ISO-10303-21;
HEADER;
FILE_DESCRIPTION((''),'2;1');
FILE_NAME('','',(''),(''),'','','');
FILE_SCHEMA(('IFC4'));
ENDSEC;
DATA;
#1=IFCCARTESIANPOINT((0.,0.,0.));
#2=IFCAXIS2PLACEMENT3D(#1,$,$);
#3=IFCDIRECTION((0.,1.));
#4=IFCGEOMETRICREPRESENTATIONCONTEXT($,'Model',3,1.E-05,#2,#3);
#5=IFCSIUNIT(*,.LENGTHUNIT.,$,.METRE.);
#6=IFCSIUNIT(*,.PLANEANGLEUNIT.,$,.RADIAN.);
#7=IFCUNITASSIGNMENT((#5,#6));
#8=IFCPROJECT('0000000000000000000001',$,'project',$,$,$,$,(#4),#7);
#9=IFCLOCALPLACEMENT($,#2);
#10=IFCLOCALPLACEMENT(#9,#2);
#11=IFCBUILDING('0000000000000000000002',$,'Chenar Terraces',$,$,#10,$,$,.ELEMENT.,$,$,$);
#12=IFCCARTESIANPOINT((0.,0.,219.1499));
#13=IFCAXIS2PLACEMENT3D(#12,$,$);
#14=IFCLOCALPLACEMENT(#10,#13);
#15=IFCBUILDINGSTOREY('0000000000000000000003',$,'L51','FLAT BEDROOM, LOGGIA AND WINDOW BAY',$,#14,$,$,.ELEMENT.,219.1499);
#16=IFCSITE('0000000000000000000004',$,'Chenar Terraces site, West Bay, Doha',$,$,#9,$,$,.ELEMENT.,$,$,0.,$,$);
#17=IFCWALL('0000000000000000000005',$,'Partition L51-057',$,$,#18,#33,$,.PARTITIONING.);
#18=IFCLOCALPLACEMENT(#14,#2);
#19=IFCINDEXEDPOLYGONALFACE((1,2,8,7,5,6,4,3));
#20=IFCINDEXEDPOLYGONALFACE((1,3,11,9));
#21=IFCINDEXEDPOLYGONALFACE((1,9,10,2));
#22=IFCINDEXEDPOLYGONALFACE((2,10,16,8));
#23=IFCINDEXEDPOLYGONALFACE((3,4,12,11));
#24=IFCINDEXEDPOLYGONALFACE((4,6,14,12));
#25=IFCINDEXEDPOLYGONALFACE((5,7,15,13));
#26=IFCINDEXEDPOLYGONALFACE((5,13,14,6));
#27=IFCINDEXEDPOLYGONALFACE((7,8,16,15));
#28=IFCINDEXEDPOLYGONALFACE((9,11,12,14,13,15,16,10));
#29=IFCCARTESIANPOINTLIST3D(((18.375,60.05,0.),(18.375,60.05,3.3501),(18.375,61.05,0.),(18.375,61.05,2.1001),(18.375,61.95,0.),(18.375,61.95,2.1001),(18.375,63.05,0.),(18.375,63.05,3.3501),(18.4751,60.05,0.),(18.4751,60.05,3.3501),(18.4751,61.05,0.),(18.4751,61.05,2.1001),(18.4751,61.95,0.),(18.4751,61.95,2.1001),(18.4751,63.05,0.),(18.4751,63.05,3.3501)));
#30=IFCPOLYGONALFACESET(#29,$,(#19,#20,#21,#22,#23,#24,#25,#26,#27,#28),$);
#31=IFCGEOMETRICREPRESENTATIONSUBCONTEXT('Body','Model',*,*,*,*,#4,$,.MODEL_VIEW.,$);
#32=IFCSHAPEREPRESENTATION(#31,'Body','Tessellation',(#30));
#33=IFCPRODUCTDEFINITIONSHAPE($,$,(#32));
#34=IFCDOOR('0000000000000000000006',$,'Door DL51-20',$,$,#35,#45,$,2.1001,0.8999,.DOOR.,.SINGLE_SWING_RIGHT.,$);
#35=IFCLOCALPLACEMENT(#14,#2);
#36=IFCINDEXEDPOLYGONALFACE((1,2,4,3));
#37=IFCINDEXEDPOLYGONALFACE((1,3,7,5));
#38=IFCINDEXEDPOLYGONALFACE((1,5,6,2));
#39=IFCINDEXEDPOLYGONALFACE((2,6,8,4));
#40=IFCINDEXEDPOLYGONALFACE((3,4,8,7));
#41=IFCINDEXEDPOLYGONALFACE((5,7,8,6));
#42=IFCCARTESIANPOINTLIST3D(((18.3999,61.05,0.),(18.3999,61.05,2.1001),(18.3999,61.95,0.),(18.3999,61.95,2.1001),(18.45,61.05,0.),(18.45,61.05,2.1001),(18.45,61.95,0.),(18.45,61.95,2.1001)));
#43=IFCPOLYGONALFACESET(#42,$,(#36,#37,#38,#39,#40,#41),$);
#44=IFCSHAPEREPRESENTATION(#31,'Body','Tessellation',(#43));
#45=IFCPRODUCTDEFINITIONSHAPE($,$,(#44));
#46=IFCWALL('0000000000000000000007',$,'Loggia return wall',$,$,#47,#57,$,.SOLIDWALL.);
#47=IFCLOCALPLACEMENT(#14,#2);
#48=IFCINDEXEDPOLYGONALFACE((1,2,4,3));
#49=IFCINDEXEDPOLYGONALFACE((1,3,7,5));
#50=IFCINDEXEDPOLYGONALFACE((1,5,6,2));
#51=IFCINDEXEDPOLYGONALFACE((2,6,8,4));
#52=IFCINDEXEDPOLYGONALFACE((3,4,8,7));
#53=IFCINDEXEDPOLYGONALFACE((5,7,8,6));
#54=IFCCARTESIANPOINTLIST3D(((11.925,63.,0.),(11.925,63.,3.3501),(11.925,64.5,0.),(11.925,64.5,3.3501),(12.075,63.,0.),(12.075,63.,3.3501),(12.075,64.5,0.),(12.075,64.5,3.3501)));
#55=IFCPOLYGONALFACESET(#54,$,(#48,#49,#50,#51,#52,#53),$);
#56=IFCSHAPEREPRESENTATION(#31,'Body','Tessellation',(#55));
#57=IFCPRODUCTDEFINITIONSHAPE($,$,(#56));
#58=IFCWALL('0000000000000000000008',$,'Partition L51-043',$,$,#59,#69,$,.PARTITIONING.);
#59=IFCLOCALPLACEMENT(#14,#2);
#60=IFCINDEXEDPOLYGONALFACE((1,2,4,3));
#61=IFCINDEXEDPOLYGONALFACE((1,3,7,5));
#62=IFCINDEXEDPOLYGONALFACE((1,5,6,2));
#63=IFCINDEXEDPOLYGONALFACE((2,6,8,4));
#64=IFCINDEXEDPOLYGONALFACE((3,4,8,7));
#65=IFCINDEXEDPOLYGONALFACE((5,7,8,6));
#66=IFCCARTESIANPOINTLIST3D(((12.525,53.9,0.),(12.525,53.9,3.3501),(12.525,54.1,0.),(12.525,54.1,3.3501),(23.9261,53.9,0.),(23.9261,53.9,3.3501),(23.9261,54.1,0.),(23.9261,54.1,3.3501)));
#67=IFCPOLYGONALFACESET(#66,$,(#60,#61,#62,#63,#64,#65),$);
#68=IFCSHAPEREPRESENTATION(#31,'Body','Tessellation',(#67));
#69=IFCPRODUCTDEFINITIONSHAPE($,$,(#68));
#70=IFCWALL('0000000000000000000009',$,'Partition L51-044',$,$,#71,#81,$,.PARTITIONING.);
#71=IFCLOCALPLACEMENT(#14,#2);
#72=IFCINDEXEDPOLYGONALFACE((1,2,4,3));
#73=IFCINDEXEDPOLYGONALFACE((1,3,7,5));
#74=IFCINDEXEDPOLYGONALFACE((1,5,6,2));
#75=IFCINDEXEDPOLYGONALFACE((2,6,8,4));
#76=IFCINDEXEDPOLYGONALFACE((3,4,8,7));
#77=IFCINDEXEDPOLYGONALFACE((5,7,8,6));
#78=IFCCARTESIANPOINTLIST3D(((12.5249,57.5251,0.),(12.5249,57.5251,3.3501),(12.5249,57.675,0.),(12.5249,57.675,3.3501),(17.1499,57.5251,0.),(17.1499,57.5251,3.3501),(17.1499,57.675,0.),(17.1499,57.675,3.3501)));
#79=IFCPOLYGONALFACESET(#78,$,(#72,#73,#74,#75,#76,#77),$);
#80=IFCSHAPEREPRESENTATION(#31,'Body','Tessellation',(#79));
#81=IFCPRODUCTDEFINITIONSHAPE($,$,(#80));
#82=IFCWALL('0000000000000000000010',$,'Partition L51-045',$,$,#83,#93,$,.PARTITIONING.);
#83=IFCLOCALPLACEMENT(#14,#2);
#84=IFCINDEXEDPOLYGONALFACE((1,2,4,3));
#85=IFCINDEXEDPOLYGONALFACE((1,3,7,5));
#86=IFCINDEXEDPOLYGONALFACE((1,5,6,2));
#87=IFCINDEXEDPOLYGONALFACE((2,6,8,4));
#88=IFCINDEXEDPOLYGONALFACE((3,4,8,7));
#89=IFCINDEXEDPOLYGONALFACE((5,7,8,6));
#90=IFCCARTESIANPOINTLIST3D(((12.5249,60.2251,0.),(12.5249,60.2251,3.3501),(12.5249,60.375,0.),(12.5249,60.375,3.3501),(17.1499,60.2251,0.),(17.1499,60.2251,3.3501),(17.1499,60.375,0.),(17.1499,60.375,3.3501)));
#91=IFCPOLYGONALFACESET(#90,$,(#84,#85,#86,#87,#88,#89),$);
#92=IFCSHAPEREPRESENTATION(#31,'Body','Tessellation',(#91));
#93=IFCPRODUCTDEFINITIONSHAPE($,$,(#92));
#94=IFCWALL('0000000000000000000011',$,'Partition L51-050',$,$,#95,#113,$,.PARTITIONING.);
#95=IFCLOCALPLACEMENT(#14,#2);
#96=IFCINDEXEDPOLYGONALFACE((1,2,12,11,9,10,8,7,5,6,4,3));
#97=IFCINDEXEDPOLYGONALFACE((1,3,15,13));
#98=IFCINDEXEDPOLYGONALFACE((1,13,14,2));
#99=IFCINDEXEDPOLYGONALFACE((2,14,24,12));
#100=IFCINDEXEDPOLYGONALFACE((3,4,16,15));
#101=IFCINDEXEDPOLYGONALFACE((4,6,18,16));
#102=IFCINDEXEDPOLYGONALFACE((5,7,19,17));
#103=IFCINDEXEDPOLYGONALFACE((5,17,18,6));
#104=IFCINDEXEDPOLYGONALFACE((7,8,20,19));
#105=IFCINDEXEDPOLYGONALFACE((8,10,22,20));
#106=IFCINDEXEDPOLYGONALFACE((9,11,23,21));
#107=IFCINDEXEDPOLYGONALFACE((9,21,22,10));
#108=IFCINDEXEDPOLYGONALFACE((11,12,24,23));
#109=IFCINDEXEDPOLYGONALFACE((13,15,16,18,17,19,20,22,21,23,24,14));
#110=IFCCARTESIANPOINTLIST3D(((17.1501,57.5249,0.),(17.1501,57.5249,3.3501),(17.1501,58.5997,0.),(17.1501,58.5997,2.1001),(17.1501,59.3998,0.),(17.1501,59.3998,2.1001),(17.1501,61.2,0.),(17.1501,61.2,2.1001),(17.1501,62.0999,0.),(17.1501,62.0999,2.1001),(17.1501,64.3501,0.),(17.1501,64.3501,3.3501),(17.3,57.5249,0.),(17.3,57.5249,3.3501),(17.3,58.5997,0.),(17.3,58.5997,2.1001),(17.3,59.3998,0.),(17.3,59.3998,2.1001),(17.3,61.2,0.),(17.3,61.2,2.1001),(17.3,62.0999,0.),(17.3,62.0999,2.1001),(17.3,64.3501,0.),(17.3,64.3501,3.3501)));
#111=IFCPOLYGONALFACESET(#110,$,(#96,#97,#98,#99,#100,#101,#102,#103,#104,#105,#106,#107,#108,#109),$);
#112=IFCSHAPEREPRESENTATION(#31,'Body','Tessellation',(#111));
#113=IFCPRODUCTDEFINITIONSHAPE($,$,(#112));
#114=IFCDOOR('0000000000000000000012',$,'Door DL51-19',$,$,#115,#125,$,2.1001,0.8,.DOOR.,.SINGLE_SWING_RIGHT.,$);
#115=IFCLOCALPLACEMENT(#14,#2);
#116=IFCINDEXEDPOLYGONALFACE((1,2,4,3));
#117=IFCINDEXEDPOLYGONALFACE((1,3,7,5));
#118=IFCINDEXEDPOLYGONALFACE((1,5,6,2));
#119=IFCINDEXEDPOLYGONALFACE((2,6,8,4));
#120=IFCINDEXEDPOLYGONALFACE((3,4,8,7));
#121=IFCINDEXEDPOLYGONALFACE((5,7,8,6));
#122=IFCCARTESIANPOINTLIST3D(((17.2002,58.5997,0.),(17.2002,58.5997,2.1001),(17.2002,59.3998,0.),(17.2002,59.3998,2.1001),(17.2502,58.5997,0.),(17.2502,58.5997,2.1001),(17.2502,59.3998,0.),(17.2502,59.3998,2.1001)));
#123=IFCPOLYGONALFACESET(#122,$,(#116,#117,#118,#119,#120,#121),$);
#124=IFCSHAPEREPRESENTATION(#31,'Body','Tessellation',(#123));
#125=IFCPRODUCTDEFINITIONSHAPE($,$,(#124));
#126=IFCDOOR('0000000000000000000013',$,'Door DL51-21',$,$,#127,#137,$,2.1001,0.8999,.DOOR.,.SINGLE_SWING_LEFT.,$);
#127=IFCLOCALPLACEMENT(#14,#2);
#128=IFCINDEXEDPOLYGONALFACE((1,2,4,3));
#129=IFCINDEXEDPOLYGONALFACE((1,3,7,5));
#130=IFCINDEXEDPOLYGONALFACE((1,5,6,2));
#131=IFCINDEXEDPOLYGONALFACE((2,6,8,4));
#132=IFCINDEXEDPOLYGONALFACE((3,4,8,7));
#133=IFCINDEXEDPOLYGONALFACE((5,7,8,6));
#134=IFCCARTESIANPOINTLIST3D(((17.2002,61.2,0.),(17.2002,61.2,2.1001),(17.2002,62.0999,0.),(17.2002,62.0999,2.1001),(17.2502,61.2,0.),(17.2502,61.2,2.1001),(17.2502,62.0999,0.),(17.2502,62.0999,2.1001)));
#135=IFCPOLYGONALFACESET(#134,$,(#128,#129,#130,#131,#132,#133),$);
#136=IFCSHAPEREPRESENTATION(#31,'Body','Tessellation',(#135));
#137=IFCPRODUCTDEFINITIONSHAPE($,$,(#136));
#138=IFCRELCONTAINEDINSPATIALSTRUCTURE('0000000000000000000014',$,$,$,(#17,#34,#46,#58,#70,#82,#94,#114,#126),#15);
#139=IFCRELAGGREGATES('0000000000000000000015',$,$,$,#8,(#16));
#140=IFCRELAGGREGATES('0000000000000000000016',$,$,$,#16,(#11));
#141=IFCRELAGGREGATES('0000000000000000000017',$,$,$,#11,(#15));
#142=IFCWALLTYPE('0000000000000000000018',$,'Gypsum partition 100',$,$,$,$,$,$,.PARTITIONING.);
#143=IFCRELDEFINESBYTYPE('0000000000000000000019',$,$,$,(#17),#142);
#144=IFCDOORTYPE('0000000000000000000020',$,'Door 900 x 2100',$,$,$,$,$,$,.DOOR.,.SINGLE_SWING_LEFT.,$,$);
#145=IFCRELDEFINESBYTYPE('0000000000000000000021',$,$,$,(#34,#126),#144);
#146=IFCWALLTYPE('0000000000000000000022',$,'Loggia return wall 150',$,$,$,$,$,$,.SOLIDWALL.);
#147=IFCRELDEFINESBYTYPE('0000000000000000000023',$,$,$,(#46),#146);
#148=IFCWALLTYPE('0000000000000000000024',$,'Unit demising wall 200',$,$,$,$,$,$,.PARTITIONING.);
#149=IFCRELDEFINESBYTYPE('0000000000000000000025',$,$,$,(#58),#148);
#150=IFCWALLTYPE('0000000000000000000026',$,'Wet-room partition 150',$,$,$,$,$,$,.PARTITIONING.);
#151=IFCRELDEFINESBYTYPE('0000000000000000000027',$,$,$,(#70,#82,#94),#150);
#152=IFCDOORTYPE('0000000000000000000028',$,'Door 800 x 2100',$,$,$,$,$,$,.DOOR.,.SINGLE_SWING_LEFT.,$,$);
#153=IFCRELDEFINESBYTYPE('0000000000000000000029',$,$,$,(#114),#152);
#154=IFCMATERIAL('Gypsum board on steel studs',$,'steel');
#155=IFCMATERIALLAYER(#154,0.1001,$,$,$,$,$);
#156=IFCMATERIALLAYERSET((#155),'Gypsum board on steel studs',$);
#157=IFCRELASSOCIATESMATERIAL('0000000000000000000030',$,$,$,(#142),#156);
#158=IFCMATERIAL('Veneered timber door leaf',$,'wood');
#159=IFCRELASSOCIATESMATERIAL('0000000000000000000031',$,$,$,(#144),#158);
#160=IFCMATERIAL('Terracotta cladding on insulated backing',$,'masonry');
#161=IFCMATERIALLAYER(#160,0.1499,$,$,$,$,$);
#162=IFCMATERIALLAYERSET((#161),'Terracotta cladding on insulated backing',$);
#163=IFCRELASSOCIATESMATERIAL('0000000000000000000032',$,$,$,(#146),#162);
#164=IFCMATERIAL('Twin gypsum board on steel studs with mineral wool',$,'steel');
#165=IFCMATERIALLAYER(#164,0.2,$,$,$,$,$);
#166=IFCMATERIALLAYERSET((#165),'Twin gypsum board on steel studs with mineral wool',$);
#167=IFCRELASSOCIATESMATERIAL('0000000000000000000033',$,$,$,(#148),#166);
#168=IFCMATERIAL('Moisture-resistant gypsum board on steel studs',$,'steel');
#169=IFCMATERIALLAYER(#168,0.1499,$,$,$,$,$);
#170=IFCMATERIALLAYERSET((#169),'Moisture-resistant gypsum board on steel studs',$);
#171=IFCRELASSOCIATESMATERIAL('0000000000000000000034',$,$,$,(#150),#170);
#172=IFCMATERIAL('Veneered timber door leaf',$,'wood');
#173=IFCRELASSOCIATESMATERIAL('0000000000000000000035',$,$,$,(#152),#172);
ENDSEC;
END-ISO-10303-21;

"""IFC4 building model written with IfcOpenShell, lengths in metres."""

from ifc_helpers import new_model, si_unit, direction, frame, frame_2d, origin, place, context, subcontext, project, spatial, rectangle, extrude, material, layer, layer_set, type_object, element, fill, save


model = new_model("IFC4")

# Units and contexts
model_context = context("Model", 3, precision=1e-05, world=origin(), true_north=direction((0.0, 1.0)))
body_context = subcontext(model_context, "Body", "Model", "MODEL_VIEW")
ifc_project = project(units=[si_unit("LENGTHUNIT", "METRE"), si_unit("PLANEANGLEUNIT", "RADIAN")], contexts=[model_context])

# Site, building, storey
site_placement = place(None, origin())
site = spatial("IfcSite", under=ifc_project, at=site_placement, Name="Chenar Terraces site, West Bay, Doha", CompositionType="ELEMENT", RefElevation=0.0)
building_placement = place(site_placement, origin())
building = spatial("IfcBuilding", under=site, at=building_placement, Name="Chenar Terraces", CompositionType="ELEMENT")
storey_placement = place(building_placement, frame((0.0, 0.0, 219.1499)))
storey = spatial("IfcBuildingStorey", under=building, at=storey_placement, Name="L51", Description="FLAT BEDROOM, LOGGIA AND WINDOW BAY", CompositionType="ELEMENT", Elevation=219.1499)

# Shared definitions
ifc_material_1 = material(Name="Gypsum board on steel studs", Category="steel")
ifc_layer_1 = layer(ifc_material_1, 0.1001)
ifc_layer_set_1 = layer_set([ifc_layer_1], Name="Gypsum board on steel studs")
wall_type_1 = type_object("IfcWallType", Name="Gypsum partition 100", PredefinedType="PARTITIONING", material=ifc_layer_set_1)

# Wall, opening, door
wall_1_placement = place(storey_placement, frame((18.425, 60.05, 0.0), z_axis=(0.0, 0.0, 1.0), x_axis=(0.0, 1.0, 0.0)))
wall_1 = element("IfcWall", 1, at=wall_1_placement, inside=storey, type_object=wall_type_1, Name="Partition L51-057", PredefinedType="PARTITIONING", context=body_context, shape_type="SweptSolid", body=[
    extrude(rectangle(XDim=3.0, YDim=0.1001, at=frame_2d((1.5, 0.0))), origin(), (0.0, 0.0, 1.0), 3.3501),
])
opening_1_placement = place(wall_1_placement, frame((1.0, 0.0, 0.0)))
opening_1 = element("IfcOpeningElement", 2, at=opening_1_placement, cuts=wall_1, PredefinedType="OPENING", context=body_context, shape_type="SweptSolid", body=[
    extrude(rectangle(XDim=0.8999, YDim=2.1001, at=frame_2d((0.45, 1.05))), frame((0.0, 0.0601, 0.0), z_axis=(0.0, -1.0, 0.0), x_axis=(1.0, 0.0, 0.0)), (0.0, 0.0, 1.0), 0.1201),
])
ifc_material_2 = material(Name="Veneered timber door leaf", Category="wood")
door_type_1 = type_object("IfcDoorType", Name="Door 900 x 2100", OperationType="SINGLE_SWING_LEFT", PredefinedType="DOOR", material=ifc_material_2)
door_1_placement = place(opening_1_placement, frame((0.8999, 0.0, 0.0), z_axis=(0.0, 0.0, 1.0), x_axis=(-1.0, 0.0, 0.0)))
door_1 = element("IfcDoor", 3, at=door_1_placement, inside=storey, type_object=door_type_1, Name="Door DL51-20", OperationType="SINGLE_SWING_RIGHT", OverallHeight=2.1001, OverallWidth=0.8999, PredefinedType="DOOR", context=body_context, shape_type="SweptSolid", body=[
    extrude(rectangle(XDim=0.8999, YDim=2.1001, at=frame_2d((0.45, 1.05))), frame((0.0, 0.0249, 0.0), z_axis=(0.0, -1.0, 0.0), x_axis=(1.0, 0.0, 0.0)), (0.0, 0.0, 1.0), 0.05),
])
fill(opening_1, door_1)

# Walls
ifc_material_3 = material(Name="Terracotta cladding on insulated backing", Category="masonry")
ifc_layer_2 = layer(ifc_material_3, 0.1499)
ifc_layer_set_2 = layer_set([ifc_layer_2], Name="Terracotta cladding on insulated backing")
wall_type_2 = type_object("IfcWallType", Name="Loggia return wall 150", PredefinedType="SOLIDWALL", material=ifc_layer_set_2)
wall_2_placement = place(storey_placement, frame((12.0, 64.5, 0.0), z_axis=(0.0, 0.0, 1.0), x_axis=(0.0, -1.0, 0.0)))
element("IfcWall", 4, at=wall_2_placement, inside=storey, type_object=wall_type_2, Name="Loggia return wall", PredefinedType="SOLIDWALL", context=body_context, shape_type="SweptSolid", body=[
    extrude(rectangle(XDim=1.5, YDim=0.1499, at=frame_2d((0.75, 0.0))), origin(), (0.0, 0.0, 1.0), 3.3501),
])
ifc_material_4 = material(Name="Twin gypsum board on steel studs with mineral wool", Category="steel")
ifc_layer_3 = layer(ifc_material_4, 0.2)
ifc_layer_set_3 = layer_set([ifc_layer_3], Name="Twin gypsum board on steel studs with mineral wool")
wall_type_3 = type_object("IfcWallType", Name="Unit demising wall 200", PredefinedType="PARTITIONING", material=ifc_layer_set_3)
wall_3_placement = place(storey_placement, frame((12.5249, 54.0, 0.0), z_axis=(0.0, 0.0, 1.0), x_axis=(1.0, 0.0, 0.0)))
element("IfcWall", 5, at=wall_3_placement, inside=storey, type_object=wall_type_3, Name="Partition L51-043", PredefinedType="PARTITIONING", context=body_context, shape_type="SweptSolid", body=[
    extrude(rectangle(XDim=11.4011, YDim=0.2, at=frame_2d((5.7007, 0.0))), origin(), (0.0, 0.0, 1.0), 3.3501),
])
ifc_material_5 = material(Name="Moisture-resistant gypsum board on steel studs", Category="steel")
ifc_layer_4 = layer(ifc_material_5, 0.1499)
ifc_layer_set_4 = layer_set([ifc_layer_4], Name="Moisture-resistant gypsum board on steel studs")
wall_type_4 = type_object("IfcWallType", Name="Wet-room partition 150", PredefinedType="PARTITIONING", material=ifc_layer_set_4)
for number, where, z_axis, x_axis, name in (
    (6, (12.5249, 57.6001, 0.0), (0.0, 0.0, 1.0), (1.0, 0.0, 0.0), "Partition L51-044"),
    (7, (12.5249, 60.3, 0.0), (0.0, 0.0, 1.0), (1.0, 0.0, 0.0), "Partition L51-045"),
):
    element("IfcWall", number, at=place(storey_placement, frame(where, z_axis=z_axis, x_axis=x_axis)), inside=storey, type_object=wall_type_4, Name=name, PredefinedType="PARTITIONING", context=body_context, shape_type="SweptSolid", body=[
        extrude(rectangle(XDim=4.625, YDim=0.1499, at=frame_2d((2.3125, 0.0))), origin(), (0.0, 0.0, 1.0), 3.3501),
    ])

# Wall, openings, doors
wall_4_placement = place(storey_placement, frame((17.2251, 57.5249, 0.0), z_axis=(0.0, 0.0, 1.0), x_axis=(0.0, 1.0, 0.0)))
wall_4 = element("IfcWall", 8, at=wall_4_placement, inside=storey, type_object=wall_type_4, Name="Partition L51-050", PredefinedType="PARTITIONING", context=body_context, shape_type="SweptSolid", body=[
    extrude(rectangle(XDim=6.8252, YDim=0.1499, at=frame_2d((3.4126, 0.0))), origin(), (0.0, 0.0, 1.0), 3.3501),
])
opening_2_placement = place(wall_4_placement, frame((1.075, 0.0, 0.0)))
opening_2 = element("IfcOpeningElement", 9, at=opening_2_placement, cuts=wall_4, PredefinedType="OPENING", context=body_context, shape_type="SweptSolid", body=[
    extrude(rectangle(XDim=0.8, YDim=2.1001, at=frame_2d((0.3999, 1.05))), frame((0.0, 0.085, 0.0), z_axis=(0.0, -1.0, 0.0), x_axis=(1.0, 0.0, 0.0)), (0.0, 0.0, 1.0), 0.1699),
])
opening_3_placement = place(wall_4_placement, frame((3.675, 0.0, 0.0)))
opening_3 = element("IfcOpeningElement", 10, at=opening_3_placement, cuts=wall_4, PredefinedType="OPENING", context=body_context, shape_type="SweptSolid", body=[
    extrude(rectangle(XDim=0.8999, YDim=2.1001, at=frame_2d((0.45, 1.05))), frame((0.0, 0.085, 0.0), z_axis=(0.0, -1.0, 0.0), x_axis=(1.0, 0.0, 0.0)), (0.0, 0.0, 1.0), 0.1699),
])
ifc_material_6 = material(Name="Veneered timber door leaf", Category="wood")
door_type_2 = type_object("IfcDoorType", Name="Door 800 x 2100", OperationType="SINGLE_SWING_LEFT", PredefinedType="DOOR", material=ifc_material_6)
door_2_placement = place(opening_2_placement, origin())
door_2 = element("IfcDoor", 11, at=door_2_placement, inside=storey, type_object=door_type_2, Name="Door DL51-19", OperationType="SINGLE_SWING_RIGHT", OverallHeight=2.1001, OverallWidth=0.8, PredefinedType="DOOR", context=body_context, shape_type="SweptSolid", body=[
    extrude(rectangle(XDim=0.8, YDim=2.1001, at=frame_2d((0.3999, 1.05))), frame((0.0, 0.0249, 0.0), z_axis=(0.0, -1.0, 0.0), x_axis=(1.0, 0.0, 0.0)), (0.0, 0.0, 1.0), 0.05),
])
fill(opening_2, door_2)
door_3_placement = place(opening_3_placement, origin())
door_3 = element("IfcDoor", 12, at=door_3_placement, inside=storey, type_object=door_type_1, Name="Door DL51-21", OperationType="SINGLE_SWING_LEFT", OverallHeight=2.1001, OverallWidth=0.8999, PredefinedType="DOOR", context=body_context, shape_type="SweptSolid", body=[
    extrude(rectangle(XDim=0.8999, YDim=2.1001, at=frame_2d((0.45, 1.05))), frame((0.0, 0.0249, 0.0), z_axis=(0.0, -1.0, 0.0), x_axis=(1.0, 0.0, 0.0)), (0.0, 0.0, 1.0), 0.05),
])
fill(opening_3, door_3)

save(model, "model.ifc")
